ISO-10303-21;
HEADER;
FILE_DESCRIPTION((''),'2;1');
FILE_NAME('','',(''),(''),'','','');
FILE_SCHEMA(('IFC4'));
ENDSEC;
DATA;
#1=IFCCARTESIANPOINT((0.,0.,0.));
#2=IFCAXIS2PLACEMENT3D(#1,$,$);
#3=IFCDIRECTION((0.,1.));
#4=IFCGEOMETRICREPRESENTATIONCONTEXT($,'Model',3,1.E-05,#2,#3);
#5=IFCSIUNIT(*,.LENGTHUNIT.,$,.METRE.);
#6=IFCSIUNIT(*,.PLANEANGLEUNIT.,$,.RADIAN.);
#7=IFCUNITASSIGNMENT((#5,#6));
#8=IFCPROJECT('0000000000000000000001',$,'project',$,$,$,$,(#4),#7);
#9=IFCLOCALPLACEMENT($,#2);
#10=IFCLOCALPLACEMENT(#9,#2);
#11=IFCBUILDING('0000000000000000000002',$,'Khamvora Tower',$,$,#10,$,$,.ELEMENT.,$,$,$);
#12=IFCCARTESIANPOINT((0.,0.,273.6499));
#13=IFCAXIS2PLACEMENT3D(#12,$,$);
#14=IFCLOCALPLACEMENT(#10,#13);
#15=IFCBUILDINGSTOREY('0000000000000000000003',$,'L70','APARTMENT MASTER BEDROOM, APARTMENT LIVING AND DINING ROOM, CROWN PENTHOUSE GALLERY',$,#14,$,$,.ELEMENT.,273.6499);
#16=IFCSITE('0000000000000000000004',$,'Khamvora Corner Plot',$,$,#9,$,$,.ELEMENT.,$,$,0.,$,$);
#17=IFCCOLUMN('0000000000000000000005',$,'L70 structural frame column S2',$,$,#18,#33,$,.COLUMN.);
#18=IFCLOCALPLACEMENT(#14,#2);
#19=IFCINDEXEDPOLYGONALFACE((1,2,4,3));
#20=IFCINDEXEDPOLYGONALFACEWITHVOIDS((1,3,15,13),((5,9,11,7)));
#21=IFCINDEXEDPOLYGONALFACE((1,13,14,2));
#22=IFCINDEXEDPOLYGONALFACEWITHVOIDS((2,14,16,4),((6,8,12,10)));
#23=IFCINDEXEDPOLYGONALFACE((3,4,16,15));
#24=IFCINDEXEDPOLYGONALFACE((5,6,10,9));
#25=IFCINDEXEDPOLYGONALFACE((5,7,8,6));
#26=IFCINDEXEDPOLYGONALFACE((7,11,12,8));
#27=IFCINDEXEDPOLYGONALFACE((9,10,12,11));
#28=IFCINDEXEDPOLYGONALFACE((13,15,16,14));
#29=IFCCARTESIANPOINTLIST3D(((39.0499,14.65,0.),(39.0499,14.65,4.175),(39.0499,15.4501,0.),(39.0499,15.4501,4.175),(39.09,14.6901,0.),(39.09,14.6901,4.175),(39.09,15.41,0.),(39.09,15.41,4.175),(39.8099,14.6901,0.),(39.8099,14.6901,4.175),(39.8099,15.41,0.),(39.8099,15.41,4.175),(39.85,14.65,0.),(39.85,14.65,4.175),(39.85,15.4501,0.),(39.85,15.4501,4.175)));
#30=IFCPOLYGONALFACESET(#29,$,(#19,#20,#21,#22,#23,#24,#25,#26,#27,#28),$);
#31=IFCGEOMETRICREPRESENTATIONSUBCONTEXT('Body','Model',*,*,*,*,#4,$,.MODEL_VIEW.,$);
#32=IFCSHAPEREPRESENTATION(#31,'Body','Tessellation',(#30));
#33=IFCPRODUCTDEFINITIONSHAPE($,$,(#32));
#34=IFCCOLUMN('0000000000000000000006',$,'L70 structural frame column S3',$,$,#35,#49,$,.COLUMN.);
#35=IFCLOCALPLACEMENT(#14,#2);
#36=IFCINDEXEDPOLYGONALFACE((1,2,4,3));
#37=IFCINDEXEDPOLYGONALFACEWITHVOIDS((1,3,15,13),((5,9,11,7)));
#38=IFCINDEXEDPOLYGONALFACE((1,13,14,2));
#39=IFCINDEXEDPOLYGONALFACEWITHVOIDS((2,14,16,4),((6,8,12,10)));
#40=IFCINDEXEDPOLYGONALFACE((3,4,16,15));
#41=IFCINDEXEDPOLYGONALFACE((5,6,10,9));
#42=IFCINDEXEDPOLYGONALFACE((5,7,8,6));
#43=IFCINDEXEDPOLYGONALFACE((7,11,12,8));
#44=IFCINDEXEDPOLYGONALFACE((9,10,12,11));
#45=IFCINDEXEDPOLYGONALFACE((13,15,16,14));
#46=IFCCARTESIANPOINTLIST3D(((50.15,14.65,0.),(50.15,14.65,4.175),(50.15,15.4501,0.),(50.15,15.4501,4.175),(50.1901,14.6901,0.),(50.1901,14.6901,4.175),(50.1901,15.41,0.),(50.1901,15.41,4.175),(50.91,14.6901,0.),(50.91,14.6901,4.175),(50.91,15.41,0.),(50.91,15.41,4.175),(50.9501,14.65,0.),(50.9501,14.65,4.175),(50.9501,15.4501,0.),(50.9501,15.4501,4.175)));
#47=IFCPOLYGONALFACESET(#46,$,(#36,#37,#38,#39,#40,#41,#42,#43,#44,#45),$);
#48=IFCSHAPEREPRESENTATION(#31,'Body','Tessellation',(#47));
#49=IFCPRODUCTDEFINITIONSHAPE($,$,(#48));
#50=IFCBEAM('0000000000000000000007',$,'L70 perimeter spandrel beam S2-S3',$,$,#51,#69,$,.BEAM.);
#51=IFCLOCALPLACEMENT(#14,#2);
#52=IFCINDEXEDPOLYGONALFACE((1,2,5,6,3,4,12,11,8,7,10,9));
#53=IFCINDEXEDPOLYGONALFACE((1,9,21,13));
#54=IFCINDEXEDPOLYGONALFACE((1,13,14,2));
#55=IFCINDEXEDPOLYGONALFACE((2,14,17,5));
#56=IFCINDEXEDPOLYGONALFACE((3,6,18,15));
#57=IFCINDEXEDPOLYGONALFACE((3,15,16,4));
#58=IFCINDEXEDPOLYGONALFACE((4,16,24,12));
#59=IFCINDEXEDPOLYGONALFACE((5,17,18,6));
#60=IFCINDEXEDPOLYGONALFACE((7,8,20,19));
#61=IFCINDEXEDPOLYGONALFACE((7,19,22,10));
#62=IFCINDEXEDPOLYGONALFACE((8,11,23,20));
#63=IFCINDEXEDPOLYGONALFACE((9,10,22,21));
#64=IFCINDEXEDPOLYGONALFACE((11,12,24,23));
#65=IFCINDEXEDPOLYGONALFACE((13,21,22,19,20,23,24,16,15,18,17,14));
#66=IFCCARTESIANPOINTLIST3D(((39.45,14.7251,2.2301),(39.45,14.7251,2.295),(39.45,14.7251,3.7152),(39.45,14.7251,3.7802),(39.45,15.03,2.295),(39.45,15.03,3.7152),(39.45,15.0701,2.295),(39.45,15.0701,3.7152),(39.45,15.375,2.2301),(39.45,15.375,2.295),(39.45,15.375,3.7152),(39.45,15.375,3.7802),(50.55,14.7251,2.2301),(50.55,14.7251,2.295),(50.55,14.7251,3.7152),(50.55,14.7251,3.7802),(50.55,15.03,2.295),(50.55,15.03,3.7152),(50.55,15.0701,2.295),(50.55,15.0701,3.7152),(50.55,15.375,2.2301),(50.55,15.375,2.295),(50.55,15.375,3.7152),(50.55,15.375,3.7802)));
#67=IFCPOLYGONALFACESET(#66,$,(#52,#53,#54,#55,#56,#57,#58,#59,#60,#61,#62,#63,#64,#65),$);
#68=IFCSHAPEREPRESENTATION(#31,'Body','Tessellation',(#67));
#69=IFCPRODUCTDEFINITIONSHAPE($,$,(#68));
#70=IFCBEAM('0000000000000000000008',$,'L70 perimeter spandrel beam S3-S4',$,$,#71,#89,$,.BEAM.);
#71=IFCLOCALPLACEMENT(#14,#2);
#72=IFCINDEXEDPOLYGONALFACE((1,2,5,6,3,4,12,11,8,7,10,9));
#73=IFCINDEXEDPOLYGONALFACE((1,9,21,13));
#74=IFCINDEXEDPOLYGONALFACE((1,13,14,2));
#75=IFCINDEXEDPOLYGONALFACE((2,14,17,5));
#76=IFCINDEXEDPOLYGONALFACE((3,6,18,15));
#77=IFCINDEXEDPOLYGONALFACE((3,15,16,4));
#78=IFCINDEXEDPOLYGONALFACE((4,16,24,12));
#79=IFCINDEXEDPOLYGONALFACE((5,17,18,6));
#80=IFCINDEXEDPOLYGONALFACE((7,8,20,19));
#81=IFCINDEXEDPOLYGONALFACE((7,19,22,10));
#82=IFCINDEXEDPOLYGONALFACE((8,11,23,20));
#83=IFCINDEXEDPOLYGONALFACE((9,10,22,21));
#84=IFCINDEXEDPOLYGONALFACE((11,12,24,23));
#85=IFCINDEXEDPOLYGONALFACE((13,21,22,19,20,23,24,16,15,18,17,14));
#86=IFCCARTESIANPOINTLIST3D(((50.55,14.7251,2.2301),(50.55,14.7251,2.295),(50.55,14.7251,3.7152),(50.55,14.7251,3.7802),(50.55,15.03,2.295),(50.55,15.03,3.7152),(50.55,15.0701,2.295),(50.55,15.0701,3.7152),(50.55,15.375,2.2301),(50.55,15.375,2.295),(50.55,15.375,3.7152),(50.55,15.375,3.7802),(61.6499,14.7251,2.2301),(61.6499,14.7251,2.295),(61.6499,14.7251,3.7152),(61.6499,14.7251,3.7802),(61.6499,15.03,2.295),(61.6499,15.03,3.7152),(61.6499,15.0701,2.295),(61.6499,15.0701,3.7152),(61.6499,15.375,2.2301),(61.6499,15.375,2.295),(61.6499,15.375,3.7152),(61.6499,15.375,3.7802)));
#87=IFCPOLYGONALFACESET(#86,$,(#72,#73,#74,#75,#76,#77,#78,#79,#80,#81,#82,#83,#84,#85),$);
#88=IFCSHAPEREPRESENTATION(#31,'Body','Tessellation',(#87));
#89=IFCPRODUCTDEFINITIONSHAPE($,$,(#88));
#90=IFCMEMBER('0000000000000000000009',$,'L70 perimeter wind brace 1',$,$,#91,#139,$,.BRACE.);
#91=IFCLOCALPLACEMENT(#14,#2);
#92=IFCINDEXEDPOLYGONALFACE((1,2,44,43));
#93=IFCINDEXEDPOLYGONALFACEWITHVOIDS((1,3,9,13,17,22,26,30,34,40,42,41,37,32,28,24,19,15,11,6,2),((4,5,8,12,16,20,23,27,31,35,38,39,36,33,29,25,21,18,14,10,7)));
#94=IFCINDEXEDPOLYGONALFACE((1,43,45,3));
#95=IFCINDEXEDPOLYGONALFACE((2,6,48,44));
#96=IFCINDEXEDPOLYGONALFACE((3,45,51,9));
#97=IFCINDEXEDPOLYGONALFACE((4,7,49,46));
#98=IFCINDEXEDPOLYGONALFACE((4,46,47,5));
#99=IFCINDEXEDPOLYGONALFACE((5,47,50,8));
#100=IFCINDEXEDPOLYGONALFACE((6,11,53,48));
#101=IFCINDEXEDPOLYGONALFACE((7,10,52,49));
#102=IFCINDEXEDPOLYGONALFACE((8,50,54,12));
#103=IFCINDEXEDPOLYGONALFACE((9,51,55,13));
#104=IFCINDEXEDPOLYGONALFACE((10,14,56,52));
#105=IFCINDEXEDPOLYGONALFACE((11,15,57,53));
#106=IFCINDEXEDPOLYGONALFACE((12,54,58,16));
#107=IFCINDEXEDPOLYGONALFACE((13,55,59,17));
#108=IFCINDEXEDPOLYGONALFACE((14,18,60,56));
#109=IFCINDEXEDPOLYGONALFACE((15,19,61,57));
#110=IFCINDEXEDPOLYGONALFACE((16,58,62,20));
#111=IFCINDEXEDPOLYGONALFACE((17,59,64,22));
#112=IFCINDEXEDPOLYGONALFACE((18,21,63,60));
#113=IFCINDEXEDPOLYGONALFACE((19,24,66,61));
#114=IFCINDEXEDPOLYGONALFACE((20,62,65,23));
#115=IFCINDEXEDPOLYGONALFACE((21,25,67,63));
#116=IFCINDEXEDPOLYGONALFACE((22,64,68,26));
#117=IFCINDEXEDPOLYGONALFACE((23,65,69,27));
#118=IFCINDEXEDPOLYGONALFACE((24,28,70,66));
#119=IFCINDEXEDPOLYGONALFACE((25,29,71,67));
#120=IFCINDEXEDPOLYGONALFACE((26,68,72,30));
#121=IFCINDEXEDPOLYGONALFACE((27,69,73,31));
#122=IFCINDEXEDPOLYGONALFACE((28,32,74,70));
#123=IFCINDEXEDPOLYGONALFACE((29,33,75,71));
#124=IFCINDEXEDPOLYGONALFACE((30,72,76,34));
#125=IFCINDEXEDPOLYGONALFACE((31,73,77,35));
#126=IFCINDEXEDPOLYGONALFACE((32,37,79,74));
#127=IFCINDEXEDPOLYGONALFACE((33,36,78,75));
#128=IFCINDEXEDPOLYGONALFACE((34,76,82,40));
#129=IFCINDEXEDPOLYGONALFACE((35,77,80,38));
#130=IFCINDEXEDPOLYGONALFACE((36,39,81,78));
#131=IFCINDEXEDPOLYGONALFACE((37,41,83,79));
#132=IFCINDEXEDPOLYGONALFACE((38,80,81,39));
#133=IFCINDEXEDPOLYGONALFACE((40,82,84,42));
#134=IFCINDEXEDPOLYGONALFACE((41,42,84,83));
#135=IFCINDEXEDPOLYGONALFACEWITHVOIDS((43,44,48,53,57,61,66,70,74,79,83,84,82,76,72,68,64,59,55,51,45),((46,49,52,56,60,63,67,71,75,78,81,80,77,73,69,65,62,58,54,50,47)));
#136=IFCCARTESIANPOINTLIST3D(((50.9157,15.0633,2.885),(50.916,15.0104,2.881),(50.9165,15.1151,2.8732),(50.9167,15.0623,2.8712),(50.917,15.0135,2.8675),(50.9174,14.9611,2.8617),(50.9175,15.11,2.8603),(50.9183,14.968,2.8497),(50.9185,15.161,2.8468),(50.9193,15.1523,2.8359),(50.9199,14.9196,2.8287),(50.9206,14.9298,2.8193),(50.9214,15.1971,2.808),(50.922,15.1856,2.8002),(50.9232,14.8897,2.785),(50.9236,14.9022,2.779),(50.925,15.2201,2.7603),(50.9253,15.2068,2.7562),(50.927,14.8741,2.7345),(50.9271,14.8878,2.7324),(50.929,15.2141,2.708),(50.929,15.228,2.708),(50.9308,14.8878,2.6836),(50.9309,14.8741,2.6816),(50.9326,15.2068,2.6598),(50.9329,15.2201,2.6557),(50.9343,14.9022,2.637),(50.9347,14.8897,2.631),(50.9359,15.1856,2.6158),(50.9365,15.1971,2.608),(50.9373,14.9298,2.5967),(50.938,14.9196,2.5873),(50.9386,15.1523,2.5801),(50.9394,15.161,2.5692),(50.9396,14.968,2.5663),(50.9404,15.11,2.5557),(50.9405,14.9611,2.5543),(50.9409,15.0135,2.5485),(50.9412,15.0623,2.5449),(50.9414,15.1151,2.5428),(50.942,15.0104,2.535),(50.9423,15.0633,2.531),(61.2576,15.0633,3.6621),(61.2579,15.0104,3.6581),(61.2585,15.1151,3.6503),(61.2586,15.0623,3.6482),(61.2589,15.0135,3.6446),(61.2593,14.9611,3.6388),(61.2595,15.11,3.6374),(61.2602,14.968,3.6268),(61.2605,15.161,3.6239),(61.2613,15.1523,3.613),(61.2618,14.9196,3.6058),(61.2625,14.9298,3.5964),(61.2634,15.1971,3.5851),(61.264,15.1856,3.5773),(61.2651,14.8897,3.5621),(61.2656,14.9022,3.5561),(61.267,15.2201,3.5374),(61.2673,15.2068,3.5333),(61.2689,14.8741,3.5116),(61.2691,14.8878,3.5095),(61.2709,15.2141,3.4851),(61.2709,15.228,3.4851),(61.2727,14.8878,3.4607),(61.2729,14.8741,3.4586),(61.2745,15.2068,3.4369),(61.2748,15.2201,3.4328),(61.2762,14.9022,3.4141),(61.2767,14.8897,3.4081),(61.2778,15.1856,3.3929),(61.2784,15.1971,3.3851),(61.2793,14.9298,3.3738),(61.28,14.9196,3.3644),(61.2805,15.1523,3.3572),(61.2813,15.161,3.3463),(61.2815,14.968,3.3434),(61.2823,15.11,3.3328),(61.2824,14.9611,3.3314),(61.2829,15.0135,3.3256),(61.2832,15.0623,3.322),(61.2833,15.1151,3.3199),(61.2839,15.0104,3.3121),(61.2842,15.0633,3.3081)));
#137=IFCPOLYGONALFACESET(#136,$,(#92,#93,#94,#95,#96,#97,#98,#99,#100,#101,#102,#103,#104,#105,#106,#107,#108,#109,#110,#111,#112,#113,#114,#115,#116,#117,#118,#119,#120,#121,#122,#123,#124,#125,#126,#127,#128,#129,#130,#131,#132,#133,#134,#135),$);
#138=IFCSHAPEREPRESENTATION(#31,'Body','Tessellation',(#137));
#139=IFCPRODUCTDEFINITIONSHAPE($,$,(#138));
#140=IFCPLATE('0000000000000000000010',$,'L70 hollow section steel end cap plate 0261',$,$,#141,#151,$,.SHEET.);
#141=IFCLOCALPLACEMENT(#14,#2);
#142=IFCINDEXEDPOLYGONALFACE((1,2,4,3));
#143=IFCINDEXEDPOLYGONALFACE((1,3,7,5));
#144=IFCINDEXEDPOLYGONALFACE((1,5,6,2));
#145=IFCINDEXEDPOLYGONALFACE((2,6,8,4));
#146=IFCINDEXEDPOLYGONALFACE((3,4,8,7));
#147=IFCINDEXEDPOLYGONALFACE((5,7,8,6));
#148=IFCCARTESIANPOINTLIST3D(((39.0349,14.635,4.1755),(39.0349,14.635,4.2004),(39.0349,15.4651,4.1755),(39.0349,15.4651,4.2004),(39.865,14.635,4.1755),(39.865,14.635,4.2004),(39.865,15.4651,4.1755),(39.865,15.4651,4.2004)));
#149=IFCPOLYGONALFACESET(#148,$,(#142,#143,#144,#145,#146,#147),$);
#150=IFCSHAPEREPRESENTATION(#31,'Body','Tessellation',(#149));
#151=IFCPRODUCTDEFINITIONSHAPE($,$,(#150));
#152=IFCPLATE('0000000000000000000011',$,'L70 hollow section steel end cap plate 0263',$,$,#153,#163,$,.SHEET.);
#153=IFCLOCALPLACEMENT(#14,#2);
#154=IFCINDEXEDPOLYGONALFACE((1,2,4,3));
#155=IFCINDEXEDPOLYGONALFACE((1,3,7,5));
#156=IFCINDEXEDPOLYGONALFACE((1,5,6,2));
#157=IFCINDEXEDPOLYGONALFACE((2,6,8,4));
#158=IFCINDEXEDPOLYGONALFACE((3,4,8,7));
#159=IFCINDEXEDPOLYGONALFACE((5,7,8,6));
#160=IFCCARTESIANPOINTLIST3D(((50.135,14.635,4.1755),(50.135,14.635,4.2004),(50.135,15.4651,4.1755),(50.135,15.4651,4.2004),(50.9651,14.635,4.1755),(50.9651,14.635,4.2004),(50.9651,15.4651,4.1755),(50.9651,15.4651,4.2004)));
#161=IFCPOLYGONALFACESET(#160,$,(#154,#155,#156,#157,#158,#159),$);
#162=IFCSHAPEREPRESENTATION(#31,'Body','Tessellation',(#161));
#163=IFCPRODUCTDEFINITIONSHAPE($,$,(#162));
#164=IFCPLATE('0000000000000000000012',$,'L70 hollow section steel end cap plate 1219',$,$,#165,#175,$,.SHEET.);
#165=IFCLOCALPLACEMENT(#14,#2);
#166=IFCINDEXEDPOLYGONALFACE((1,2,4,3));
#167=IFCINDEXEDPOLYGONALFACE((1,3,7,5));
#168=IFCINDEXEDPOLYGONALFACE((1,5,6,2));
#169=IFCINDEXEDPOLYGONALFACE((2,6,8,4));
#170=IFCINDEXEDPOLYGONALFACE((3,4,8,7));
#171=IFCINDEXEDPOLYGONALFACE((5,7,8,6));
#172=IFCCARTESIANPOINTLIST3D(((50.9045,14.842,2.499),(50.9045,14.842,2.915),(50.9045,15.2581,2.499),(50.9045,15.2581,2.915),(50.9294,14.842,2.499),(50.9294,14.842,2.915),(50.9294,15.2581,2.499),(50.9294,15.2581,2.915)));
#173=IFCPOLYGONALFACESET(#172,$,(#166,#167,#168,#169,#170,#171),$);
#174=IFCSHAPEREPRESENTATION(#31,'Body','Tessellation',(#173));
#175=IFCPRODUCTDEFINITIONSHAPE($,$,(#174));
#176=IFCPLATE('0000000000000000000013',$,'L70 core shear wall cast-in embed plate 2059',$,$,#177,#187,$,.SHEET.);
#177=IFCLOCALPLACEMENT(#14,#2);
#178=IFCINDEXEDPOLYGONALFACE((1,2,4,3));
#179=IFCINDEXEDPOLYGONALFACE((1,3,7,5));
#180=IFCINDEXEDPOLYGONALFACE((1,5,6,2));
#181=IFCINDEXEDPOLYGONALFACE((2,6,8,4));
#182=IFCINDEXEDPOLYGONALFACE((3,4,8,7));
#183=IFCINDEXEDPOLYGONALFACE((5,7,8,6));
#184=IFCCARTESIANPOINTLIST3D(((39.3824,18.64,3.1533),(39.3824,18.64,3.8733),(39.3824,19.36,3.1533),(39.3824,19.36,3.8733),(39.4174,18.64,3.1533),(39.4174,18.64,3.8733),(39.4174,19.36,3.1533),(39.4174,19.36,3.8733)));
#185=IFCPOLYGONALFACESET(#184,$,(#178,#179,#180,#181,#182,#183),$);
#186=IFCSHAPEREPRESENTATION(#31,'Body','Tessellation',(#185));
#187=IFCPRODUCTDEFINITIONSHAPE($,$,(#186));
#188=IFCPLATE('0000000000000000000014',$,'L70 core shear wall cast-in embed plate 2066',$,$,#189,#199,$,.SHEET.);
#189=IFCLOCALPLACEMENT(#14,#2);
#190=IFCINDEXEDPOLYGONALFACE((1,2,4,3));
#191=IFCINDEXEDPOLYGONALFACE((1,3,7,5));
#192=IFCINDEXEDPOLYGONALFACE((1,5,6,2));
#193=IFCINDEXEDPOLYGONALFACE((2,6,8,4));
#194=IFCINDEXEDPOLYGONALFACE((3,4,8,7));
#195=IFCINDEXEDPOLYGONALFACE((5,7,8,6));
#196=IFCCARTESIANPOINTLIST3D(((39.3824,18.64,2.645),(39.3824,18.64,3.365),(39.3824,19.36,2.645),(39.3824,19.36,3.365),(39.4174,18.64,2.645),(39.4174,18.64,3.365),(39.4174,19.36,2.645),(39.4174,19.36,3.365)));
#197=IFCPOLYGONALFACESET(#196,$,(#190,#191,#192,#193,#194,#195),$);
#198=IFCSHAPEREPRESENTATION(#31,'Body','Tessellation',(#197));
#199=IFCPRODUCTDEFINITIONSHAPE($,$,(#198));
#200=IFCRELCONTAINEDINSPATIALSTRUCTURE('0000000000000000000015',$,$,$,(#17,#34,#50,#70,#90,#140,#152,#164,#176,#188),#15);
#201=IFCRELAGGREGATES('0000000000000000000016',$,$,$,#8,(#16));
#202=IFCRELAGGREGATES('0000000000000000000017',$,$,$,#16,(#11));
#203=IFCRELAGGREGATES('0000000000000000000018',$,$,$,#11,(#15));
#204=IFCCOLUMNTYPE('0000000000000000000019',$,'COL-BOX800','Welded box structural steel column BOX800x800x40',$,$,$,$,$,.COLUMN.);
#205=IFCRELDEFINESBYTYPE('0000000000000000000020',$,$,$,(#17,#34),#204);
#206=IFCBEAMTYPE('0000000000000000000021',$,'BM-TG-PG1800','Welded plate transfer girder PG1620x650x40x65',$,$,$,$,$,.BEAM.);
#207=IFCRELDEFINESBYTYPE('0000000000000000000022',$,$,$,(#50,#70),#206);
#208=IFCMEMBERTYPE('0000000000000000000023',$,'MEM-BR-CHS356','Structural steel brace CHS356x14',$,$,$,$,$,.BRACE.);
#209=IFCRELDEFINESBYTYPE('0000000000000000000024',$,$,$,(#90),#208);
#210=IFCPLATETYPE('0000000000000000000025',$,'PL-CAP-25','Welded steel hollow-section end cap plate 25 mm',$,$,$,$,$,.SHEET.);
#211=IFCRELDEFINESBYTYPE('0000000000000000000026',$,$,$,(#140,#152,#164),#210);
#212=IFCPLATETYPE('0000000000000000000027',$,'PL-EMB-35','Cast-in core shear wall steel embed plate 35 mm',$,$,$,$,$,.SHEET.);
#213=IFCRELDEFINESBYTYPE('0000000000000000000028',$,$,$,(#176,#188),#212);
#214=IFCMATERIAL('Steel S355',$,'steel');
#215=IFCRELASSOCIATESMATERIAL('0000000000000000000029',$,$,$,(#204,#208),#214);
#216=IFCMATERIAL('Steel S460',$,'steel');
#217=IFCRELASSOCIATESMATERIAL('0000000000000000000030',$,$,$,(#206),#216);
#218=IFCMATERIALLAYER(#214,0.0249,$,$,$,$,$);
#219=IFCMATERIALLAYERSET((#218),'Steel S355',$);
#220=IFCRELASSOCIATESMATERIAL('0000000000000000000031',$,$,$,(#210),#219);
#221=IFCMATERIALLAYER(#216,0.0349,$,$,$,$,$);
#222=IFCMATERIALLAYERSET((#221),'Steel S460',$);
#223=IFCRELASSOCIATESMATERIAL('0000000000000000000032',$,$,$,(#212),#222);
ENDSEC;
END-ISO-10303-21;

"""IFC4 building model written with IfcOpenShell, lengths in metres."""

from ifc_helpers import new_model, si_unit, direction, frame, origin, origin_2d, place, context, subcontext, project, spatial, rectangle, hollow_rectangle, hollow_circle, i_section, extrude, material, layer, layer_set, material_profile, profile_set, type_object, element, save


model = new_model("IFC4")

# Units and contexts
model_context = context("Model", 3, precision=1e-05, world=origin(), true_north=direction((0.0, 1.0)))
body_context = subcontext(model_context, "Body", "Model", "MODEL_VIEW")
ifc_project = project(units=[si_unit("LENGTHUNIT", "METRE"), si_unit("PLANEANGLEUNIT", "RADIAN")], contexts=[model_context])

# Site, building, storey
site_placement = place(None, origin())
site = spatial("IfcSite", under=ifc_project, at=site_placement, Name="Khamvora Corner Plot", CompositionType="ELEMENT", RefElevation=0.0)
building_placement = place(site_placement, origin())
building = spatial("IfcBuilding", under=site, at=building_placement, Name="Khamvora Tower", CompositionType="ELEMENT")
storey_placement = place(building_placement, frame((0.0, 0.0, 273.6499)))
storey = spatial("IfcBuildingStorey", under=building, at=storey_placement, Name="L70", Description="APARTMENT MASTER BEDROOM, APARTMENT LIVING AND DINING ROOM, CROWN PENTHOUSE GALLERY", CompositionType="ELEMENT", Elevation=273.6499)

# Columns
ifc_material_1 = material(Name="Steel S355", Category="steel")
ifc_material_profile_1 = material_profile(ifc_material_1, hollow_rectangle(XDim=0.8, YDim=0.8, WallThickness=0.04, at=origin_2d()), Name="BOX800x800x40")
ifc_profile_set_1 = profile_set([ifc_material_profile_1], Name="Steel S355")
column_type = type_object("IfcColumnType", Name="COL-BOX800", Description="Welded box structural steel column BOX800x800x40", PredefinedType="COLUMN", material=ifc_profile_set_1)
for number, where, z_axis, x_axis, name in (
    (1, (39.45, 15.05, 0.0), (0.0, 0.0, 1.0), (1.0, 0.0, 0.0), "L70 structural frame column S2"),
    (2, (50.55, 15.05, 0.0), (0.0, 0.0, 1.0), (1.0, 0.0, 0.0), "L70 structural frame column S3"),
):
    element("IfcColumn", number, at=place(storey_placement, frame(where, z_axis=z_axis, x_axis=x_axis)), inside=storey, type_object=column_type, Name=name, PredefinedType="COLUMN", context=body_context, shape_type="SweptSolid", body=[
        extrude(hollow_rectangle(XDim=0.8, YDim=0.8, WallThickness=0.04, at=origin_2d()), origin(), (0.0, 0.0, 1.0), 4.175),
    ])

# Beams
ifc_material_2 = material(Name="Steel S460", Category="steel")
ifc_material_profile_2 = material_profile(ifc_material_2, i_section(OverallWidth=0.6499, OverallDepth=1.55, WebThickness=0.04, FlangeThickness=0.0649, at=origin_2d()), Name="PG1550x650x40x65")
ifc_profile_set_2 = profile_set([ifc_material_profile_2], Name="Steel S460")
beam_type = type_object("IfcBeamType", Name="BM-TG-PG1800", Description="Welded plate transfer girder PG1620x650x40x65", PredefinedType="BEAM", material=ifc_profile_set_2)
beam_1_placement = place(storey_placement, frame((39.45, 15.05, 3.0051), z_axis=(1.0, 0.0, 0.0), x_axis=(0.0, 1.0, 0.0)))
element("IfcBeam", 3, at=beam_1_placement, inside=storey, type_object=beam_type, Name="L70 perimeter spandrel beam S2-S3", PredefinedType="BEAM", context=body_context, shape_type="SweptSolid", body=[
    extrude(i_section(OverallWidth=0.6499, OverallDepth=1.55, WebThickness=0.04, FlangeThickness=0.0649, at=origin_2d()), origin(), (0.0, 0.0, 1.0), 11.1001),
])
beam_2_placement = place(storey_placement, frame((50.55, 15.05, 3.0051), z_axis=(1.0, 0.0, 0.0), x_axis=(0.0, 1.0, 0.0)))
element("IfcBeam", 4, at=beam_2_placement, inside=storey, type_object=beam_type, Name="L70 perimeter spandrel beam S3-S4", PredefinedType="BEAM", context=body_context, shape_type="SweptSolid", body=[
    extrude(i_section(OverallWidth=0.6499, OverallDepth=1.55, WebThickness=0.04, FlangeThickness=0.0649, at=origin_2d()), origin(), (0.0, 0.0, 1.0), 11.0999),
])

# Member
ifc_material_profile_3 = material_profile(ifc_material_1, hollow_circle(Radius=0.178, WallThickness=0.0139, at=origin_2d()), Name="CHS356x14")
ifc_profile_set_3 = profile_set([ifc_material_profile_3], Name="Steel S355")
member_type = type_object("IfcMemberType", Name="MEM-BR-CHS356", Description="Structural steel brace CHS356x14", PredefinedType="BRACE", material=ifc_profile_set_3)
member_placement = place(storey_placement, frame((50.929, 15.05, 2.708), z_axis=(0.997189, 0.0, 0.074929), x_axis=(0.0, 1.0, 0.0)))
element("IfcMember", 5, at=member_placement, inside=storey, type_object=member_type, Name="L70 perimeter wind brace 1", PredefinedType="BRACE", context=body_context, shape_type="SweptSolid", body=[
    extrude(hollow_circle(Radius=0.178, WallThickness=0.0139, at=origin_2d()), origin(), (0.0, 0.0, 1.0), 10.3711),
])

# Plates
ifc_layer_1 = layer(ifc_material_1, 0.0249)
ifc_layer_set_1 = layer_set([ifc_layer_1], Name="Steel S355")
plate_type_1 = type_object("IfcPlateType", Name="PL-CAP-25", Description="Welded steel hollow-section end cap plate 25 mm", PredefinedType="SHEET", material=ifc_layer_set_1)
for number, where, z_axis, x_axis, name in (
    (6, (39.45, 15.05, 4.1755), (0.0, 0.0, 1.0), (1.0, 0.0, 0.0), "L70 hollow section steel end cap plate 0261"),
    (7, (50.55, 15.05, 4.1755), (0.0, 0.0, 1.0), (1.0, 0.0, 0.0), "L70 hollow section steel end cap plate 0263"),
):
    element("IfcPlate", number, at=place(storey_placement, frame(where, z_axis=z_axis, x_axis=x_axis)), inside=storey, type_object=plate_type_1, Name=name, PredefinedType="SHEET", context=body_context, shape_type="SweptSolid", body=[
        extrude(rectangle(XDim=0.8301, YDim=0.8301, at=origin_2d()), origin(), (0.0, 0.0, 1.0), 0.0249),
    ])
plate_1_placement = place(storey_placement, frame((50.917, 15.05, 2.499), z_axis=(0.0, 0.0, 1.0), x_axis=(1.0, 0.0, 0.0)))
element("IfcPlate", 8, at=plate_1_placement, inside=storey, type_object=plate_type_1, Name="L70 hollow section steel end cap plate 1219", PredefinedType="SHEET", context=body_context, shape_type="SweptSolid", body=[
    extrude(rectangle(XDim=0.0249, YDim=0.416, at=origin_2d()), origin(), (0.0, 0.0, 1.0), 0.416),
])
ifc_layer_2 = layer(ifc_material_2, 0.0349)
ifc_layer_set_2 = layer_set([ifc_layer_2], Name="Steel S460")
plate_type_2 = type_object("IfcPlateType", Name="PL-EMB-35", Description="Cast-in core shear wall steel embed plate 35 mm", PredefinedType="SHEET", material=ifc_layer_set_2)
for number, where, z_axis, x_axis, name in (
    (9, (39.3999, 19.0, 3.1533), (0.0, 0.0, 1.0), (1.0, 0.0, 0.0), "L70 core shear wall cast-in embed plate 2059"),
    (10, (39.3999, 19.0, 2.645), (0.0, 0.0, 1.0), (1.0, 0.0, 0.0), "L70 core shear wall cast-in embed plate 2066"),
):
    element("IfcPlate", number, at=place(storey_placement, frame(where, z_axis=z_axis, x_axis=x_axis)), inside=storey, type_object=plate_type_2, Name=name, PredefinedType="SHEET", context=body_context, shape_type="SweptSolid", body=[
        extrude(rectangle(XDim=0.0349, YDim=0.72, at=origin_2d()), origin(), (0.0, 0.0, 1.0), 0.72),
    ])

save(model, "model.ifc")
